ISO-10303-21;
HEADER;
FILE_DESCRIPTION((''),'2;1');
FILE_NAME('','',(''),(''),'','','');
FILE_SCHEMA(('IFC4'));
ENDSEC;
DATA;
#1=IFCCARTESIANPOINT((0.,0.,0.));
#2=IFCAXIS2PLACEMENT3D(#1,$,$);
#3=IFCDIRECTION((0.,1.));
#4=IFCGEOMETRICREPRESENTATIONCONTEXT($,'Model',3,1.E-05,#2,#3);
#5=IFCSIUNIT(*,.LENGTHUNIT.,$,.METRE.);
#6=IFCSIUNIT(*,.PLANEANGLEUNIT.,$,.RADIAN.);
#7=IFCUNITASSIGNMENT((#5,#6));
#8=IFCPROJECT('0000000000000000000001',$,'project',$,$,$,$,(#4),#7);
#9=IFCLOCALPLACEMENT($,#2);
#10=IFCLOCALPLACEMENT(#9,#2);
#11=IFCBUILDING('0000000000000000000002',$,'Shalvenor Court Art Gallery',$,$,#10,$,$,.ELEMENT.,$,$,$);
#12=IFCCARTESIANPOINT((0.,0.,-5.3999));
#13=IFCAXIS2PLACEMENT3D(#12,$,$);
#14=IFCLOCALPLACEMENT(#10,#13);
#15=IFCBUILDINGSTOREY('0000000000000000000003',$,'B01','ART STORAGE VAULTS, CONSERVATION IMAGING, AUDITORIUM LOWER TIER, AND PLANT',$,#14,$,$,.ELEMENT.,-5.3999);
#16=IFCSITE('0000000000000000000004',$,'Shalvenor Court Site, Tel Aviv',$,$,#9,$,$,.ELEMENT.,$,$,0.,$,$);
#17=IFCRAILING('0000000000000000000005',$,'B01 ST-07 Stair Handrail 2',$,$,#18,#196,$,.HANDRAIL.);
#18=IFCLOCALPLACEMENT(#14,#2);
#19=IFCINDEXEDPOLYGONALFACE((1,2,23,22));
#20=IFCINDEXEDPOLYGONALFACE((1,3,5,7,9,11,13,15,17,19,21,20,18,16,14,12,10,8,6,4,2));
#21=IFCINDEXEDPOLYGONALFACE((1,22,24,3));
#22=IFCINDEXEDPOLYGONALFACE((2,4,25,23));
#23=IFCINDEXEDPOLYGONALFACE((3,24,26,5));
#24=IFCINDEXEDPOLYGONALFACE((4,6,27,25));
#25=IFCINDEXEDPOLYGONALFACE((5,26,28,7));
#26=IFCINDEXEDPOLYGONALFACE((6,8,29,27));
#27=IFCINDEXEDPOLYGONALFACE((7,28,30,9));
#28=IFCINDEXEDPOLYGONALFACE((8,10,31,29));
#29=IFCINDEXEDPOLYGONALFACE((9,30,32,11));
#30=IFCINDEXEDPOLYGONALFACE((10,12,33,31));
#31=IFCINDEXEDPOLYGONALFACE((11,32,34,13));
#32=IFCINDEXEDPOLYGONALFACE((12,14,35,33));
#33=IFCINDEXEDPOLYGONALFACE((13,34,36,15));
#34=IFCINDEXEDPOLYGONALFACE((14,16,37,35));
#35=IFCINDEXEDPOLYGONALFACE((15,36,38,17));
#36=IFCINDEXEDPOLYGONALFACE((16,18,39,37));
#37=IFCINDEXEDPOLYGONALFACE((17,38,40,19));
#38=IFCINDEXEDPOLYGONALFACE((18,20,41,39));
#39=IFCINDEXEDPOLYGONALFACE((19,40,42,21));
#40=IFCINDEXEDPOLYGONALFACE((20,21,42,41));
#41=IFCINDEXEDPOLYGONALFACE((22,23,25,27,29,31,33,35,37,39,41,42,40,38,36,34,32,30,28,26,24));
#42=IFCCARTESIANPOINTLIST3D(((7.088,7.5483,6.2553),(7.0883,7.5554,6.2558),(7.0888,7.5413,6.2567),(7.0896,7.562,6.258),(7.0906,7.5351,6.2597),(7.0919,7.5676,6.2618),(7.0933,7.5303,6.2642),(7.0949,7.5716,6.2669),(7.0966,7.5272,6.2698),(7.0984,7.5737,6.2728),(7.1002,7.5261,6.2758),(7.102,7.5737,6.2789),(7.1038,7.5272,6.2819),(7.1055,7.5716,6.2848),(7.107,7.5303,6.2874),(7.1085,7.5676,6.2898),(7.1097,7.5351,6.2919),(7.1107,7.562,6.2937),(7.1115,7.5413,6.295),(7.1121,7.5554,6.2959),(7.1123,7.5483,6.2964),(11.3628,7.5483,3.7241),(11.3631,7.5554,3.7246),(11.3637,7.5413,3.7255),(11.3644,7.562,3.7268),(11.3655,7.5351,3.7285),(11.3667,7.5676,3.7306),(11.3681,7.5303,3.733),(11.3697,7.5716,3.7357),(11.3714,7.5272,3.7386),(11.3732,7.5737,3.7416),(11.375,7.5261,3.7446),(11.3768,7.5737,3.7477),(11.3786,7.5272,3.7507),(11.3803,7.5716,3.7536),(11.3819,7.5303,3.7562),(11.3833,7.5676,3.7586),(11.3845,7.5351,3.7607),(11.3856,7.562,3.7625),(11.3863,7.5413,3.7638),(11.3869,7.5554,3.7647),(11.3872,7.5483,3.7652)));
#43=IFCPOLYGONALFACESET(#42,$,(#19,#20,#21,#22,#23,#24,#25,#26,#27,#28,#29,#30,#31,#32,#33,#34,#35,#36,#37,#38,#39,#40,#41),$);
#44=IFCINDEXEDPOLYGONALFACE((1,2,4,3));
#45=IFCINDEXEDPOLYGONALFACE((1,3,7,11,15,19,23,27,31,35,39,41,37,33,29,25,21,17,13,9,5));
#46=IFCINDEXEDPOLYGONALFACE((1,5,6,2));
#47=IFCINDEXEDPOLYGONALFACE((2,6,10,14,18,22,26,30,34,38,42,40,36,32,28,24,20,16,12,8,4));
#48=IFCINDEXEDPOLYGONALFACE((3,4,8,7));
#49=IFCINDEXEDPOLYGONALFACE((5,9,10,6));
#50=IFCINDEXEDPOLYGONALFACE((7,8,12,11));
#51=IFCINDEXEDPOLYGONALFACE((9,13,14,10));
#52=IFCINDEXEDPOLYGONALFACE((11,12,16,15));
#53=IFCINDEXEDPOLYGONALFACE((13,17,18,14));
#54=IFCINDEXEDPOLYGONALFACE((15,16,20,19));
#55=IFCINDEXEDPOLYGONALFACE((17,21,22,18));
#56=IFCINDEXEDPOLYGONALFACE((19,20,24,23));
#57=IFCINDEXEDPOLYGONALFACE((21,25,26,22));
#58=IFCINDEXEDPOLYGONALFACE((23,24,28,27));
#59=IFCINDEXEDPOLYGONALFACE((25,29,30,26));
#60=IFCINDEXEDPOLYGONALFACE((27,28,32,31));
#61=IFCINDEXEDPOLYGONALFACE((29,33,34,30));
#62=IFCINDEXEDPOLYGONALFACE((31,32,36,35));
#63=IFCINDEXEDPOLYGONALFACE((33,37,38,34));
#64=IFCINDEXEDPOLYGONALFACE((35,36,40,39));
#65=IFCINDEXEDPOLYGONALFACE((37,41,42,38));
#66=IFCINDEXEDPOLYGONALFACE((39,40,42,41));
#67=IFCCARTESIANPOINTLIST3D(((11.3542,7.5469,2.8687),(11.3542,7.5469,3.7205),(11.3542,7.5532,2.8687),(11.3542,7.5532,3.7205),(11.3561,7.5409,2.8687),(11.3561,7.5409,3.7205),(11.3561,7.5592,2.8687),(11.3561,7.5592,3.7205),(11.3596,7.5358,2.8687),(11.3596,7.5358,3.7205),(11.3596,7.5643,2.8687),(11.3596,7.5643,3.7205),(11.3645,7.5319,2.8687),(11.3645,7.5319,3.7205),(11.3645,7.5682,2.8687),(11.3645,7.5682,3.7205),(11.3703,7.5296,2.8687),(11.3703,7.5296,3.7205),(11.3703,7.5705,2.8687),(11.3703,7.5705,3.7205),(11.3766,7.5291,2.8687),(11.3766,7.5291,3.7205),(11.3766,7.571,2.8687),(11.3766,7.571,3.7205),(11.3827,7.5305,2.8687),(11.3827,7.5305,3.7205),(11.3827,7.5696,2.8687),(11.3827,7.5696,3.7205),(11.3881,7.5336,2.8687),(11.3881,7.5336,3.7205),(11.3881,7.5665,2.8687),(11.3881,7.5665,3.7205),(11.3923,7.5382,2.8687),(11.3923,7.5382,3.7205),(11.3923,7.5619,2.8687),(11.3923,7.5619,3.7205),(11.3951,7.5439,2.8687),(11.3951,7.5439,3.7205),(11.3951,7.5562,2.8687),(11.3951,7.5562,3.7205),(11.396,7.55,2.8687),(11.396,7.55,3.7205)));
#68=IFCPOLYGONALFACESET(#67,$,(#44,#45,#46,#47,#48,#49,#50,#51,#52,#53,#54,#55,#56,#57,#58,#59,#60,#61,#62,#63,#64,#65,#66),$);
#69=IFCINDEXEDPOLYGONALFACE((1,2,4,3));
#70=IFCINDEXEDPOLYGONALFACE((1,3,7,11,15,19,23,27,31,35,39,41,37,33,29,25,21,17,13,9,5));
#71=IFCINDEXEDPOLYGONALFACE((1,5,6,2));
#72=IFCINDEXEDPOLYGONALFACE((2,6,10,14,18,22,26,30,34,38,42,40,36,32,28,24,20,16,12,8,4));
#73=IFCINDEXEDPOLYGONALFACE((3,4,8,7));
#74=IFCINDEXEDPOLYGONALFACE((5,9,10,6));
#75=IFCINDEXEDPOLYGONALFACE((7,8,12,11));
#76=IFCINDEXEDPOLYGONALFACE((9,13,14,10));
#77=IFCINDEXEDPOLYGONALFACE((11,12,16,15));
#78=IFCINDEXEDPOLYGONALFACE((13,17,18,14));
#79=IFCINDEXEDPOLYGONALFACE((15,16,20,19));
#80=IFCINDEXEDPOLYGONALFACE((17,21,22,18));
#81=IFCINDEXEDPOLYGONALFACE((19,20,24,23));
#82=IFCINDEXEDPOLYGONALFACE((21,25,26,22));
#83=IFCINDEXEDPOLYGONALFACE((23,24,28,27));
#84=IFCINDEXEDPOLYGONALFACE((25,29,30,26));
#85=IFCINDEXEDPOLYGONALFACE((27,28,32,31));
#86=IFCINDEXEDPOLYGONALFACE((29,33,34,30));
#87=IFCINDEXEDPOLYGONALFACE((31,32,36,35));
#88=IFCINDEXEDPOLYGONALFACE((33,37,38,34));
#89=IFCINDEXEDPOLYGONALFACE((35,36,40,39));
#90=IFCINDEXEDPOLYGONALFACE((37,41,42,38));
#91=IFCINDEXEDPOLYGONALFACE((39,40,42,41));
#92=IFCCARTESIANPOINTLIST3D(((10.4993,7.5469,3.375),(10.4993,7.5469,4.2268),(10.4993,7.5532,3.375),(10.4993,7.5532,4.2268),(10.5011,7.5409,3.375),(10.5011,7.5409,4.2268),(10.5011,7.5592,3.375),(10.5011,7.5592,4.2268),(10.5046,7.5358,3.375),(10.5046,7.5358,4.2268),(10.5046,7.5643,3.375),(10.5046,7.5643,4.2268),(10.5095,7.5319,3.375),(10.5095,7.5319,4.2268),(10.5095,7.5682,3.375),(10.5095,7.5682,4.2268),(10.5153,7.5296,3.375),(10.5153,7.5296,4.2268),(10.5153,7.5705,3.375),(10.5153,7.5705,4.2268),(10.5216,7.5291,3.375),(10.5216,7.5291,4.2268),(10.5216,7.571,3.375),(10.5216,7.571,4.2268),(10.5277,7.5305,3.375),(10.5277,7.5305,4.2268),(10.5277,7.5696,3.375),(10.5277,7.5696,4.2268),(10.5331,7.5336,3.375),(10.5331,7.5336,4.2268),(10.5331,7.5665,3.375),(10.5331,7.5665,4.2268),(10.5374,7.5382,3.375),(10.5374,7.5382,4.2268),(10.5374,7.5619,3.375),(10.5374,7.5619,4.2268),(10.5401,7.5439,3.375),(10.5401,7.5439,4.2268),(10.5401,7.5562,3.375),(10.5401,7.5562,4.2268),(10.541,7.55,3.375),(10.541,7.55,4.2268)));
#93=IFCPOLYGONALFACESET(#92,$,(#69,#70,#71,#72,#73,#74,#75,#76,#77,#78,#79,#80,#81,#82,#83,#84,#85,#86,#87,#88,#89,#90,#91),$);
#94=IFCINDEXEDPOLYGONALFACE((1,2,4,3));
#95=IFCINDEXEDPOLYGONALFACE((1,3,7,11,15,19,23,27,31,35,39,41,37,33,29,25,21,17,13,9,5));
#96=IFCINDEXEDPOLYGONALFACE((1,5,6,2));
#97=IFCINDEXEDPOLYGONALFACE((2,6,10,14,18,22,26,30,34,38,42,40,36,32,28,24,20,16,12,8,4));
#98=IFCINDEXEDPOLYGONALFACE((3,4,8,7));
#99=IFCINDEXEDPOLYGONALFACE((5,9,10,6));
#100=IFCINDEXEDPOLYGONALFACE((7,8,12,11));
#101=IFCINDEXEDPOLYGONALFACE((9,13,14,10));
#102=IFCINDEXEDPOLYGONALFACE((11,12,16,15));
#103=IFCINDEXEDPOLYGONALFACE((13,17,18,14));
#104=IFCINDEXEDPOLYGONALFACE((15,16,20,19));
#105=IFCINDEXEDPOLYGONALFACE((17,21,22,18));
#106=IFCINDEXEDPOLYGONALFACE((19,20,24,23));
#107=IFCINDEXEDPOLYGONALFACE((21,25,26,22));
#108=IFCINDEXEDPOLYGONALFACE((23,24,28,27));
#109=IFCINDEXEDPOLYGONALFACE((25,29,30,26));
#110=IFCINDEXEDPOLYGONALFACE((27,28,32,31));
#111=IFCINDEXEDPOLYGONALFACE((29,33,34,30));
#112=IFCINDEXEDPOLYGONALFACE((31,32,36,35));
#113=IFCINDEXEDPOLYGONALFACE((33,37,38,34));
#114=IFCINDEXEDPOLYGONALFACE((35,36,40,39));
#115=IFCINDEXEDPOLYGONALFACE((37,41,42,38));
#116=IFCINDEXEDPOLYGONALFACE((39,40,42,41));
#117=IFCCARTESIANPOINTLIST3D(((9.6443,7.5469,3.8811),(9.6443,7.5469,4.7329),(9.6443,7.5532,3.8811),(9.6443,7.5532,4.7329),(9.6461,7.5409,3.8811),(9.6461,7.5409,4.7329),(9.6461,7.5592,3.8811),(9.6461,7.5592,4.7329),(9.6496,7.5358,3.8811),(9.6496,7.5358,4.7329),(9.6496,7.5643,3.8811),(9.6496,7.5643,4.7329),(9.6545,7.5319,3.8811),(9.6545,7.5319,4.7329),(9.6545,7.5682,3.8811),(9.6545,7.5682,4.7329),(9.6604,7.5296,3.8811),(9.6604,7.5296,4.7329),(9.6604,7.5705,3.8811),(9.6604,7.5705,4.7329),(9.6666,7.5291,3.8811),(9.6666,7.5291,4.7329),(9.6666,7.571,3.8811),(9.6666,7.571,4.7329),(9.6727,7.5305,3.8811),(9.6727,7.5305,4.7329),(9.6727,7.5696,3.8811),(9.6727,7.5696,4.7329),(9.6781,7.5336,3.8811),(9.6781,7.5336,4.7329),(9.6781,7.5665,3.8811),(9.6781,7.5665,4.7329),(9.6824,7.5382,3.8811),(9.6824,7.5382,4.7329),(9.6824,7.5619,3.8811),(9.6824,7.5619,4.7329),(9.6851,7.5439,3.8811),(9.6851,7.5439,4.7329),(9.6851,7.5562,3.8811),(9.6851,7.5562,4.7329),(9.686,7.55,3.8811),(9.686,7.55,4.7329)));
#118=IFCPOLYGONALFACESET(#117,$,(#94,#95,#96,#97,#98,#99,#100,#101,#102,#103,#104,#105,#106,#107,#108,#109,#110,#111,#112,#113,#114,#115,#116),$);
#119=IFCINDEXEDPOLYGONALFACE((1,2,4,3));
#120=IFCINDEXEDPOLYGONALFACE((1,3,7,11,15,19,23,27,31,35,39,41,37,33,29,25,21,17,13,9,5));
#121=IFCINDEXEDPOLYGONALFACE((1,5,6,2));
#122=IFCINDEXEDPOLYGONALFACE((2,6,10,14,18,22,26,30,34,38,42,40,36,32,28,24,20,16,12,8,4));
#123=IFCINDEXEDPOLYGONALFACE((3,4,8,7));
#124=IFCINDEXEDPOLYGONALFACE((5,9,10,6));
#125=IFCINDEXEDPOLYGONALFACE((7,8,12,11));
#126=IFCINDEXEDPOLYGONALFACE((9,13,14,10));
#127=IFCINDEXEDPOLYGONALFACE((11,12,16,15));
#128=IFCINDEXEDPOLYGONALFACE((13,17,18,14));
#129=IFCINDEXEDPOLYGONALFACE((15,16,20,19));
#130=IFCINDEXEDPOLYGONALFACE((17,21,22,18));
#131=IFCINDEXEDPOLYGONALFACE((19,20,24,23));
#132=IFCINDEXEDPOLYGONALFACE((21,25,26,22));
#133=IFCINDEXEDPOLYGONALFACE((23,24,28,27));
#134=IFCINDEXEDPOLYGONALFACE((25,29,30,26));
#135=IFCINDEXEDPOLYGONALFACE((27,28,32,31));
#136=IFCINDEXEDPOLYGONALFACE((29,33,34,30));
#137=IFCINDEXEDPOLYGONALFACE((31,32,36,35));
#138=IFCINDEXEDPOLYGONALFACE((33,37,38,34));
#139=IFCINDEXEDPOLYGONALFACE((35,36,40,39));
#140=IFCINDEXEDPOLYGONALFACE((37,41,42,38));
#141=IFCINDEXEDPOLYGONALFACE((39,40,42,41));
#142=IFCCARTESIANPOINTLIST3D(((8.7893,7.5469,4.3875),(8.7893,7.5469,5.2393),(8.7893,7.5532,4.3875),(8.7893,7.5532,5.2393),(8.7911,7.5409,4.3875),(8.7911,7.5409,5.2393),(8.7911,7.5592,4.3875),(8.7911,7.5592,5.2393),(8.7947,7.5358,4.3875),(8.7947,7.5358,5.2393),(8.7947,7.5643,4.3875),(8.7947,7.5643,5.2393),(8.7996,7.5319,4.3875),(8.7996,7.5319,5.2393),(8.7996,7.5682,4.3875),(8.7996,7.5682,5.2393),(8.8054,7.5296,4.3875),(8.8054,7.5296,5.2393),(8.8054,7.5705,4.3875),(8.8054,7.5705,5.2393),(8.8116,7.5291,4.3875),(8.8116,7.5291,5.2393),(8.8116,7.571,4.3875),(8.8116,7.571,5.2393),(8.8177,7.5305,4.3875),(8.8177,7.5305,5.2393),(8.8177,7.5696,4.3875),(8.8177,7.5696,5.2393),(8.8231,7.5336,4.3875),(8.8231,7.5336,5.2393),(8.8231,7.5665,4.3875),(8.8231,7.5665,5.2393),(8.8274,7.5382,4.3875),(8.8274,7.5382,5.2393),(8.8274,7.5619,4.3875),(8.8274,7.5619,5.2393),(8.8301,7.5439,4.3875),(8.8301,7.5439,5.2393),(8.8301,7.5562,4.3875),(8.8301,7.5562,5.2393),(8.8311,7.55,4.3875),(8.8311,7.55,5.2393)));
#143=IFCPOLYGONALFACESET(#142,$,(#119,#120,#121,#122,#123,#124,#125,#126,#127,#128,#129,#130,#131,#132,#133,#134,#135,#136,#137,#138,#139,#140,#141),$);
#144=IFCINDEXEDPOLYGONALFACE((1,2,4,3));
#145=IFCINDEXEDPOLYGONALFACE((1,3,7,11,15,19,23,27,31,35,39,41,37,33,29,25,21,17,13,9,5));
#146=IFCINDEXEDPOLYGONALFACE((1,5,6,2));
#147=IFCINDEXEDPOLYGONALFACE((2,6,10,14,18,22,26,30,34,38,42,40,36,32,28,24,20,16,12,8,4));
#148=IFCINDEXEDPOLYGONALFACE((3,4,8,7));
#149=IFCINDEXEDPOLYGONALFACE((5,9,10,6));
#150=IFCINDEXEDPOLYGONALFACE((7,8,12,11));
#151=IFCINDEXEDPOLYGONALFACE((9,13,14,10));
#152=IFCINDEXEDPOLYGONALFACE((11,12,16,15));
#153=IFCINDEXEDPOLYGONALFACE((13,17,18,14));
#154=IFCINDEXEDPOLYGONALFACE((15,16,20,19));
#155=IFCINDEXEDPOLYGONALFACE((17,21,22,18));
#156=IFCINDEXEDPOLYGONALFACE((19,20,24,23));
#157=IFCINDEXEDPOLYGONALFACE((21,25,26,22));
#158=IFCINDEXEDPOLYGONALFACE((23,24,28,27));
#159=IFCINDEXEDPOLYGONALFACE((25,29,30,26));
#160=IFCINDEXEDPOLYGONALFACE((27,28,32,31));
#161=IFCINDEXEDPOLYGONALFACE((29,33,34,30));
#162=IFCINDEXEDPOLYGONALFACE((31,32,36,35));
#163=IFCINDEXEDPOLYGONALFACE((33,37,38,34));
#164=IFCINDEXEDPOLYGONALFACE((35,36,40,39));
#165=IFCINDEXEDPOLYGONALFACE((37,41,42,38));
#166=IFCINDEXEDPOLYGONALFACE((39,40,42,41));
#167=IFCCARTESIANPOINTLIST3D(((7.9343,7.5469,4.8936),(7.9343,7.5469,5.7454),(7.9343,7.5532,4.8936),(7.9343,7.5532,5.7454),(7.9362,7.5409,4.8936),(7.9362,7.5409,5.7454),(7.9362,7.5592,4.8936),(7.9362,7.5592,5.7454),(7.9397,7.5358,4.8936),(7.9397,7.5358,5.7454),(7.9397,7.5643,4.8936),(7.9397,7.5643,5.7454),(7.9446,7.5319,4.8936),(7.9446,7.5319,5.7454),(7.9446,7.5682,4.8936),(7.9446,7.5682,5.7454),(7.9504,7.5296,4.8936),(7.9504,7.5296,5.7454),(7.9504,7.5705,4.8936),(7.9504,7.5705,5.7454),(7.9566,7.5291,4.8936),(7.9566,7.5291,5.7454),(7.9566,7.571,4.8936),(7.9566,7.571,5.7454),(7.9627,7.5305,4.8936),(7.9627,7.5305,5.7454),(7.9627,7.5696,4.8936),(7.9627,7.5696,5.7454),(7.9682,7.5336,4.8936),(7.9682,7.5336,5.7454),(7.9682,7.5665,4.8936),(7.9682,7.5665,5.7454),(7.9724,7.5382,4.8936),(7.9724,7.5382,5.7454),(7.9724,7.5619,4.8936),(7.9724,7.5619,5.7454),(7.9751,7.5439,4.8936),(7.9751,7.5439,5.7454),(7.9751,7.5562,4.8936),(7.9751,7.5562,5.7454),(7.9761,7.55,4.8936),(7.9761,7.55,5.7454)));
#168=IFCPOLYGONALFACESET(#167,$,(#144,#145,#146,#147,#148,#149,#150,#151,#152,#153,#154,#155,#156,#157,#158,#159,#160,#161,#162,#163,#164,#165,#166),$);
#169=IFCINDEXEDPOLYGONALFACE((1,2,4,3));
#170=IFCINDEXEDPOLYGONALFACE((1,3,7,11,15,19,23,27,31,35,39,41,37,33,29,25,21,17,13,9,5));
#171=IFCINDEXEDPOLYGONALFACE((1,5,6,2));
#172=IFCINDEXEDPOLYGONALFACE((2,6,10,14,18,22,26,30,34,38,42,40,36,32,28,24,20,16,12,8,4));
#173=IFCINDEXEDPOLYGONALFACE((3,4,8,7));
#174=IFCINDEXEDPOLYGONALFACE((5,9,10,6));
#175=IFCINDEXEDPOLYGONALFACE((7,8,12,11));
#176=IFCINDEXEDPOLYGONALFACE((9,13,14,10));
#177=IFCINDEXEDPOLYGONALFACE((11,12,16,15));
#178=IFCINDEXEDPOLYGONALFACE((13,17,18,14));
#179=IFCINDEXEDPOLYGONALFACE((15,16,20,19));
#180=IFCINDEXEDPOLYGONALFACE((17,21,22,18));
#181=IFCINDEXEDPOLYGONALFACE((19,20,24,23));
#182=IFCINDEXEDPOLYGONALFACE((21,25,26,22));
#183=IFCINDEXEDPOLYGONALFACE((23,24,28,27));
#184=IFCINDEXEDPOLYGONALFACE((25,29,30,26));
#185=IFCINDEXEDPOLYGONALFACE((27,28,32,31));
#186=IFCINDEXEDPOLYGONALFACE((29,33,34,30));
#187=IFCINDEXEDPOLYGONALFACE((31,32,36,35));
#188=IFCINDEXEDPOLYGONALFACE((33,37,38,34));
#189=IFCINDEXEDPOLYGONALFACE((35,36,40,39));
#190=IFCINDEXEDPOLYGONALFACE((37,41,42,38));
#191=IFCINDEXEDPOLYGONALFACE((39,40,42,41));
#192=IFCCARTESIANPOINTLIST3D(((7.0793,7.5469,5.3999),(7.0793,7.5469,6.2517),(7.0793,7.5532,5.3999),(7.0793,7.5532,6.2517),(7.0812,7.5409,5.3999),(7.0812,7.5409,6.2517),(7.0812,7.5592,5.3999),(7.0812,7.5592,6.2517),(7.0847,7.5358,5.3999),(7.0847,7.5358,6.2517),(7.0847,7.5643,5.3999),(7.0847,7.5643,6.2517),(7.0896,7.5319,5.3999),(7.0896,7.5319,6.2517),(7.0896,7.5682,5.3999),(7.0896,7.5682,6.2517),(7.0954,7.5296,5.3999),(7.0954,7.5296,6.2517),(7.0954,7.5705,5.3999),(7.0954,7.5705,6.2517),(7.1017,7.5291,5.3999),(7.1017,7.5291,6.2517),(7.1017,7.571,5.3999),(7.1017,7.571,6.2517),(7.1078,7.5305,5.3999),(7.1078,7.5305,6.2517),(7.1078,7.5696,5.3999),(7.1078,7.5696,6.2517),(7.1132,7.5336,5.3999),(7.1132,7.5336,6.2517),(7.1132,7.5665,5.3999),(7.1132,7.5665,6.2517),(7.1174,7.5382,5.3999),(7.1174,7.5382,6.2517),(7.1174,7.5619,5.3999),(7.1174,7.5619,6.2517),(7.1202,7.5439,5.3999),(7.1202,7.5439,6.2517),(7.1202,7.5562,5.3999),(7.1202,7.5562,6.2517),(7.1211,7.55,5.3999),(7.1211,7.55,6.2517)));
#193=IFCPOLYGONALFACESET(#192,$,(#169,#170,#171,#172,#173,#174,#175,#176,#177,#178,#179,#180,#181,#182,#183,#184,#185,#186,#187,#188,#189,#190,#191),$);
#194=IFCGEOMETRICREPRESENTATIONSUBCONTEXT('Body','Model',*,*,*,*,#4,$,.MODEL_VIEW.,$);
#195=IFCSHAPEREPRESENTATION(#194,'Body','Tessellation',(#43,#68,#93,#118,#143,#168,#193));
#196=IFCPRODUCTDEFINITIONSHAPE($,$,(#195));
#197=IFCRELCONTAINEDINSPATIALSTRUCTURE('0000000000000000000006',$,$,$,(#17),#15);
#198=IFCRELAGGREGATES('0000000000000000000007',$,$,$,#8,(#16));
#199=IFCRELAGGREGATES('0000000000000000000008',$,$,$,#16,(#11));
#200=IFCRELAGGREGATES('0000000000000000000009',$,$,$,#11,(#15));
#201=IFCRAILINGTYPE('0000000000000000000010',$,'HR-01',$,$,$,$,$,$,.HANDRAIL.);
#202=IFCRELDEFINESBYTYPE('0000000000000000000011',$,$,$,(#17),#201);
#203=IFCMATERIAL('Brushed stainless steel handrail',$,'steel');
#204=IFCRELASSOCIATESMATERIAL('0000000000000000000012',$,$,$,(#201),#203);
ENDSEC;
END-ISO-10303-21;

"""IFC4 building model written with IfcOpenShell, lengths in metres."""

from ifc_helpers import new_model, si_unit, direction, frame, origin, origin_2d, place, context, subcontext, project, spatial, circle, extrude, material, type_object, element, save


model = new_model("IFC4")

# Units and contexts
model_context = context("Model", 3, precision=1e-05, world=origin(), true_north=direction((0.0, 1.0)))
body_context = subcontext(model_context, "Body", "Model", "MODEL_VIEW")
ifc_project = project(units=[si_unit("LENGTHUNIT", "METRE"), si_unit("PLANEANGLEUNIT", "RADIAN")], contexts=[model_context])

# Site, building, storey
site_placement = place(None, origin())
site = spatial("IfcSite", under=ifc_project, at=site_placement, Name="Shalvenor Court Site, Tel Aviv", CompositionType="ELEMENT", RefElevation=0.0)
building_placement = place(site_placement, origin())
building = spatial("IfcBuilding", under=site, at=building_placement, Name="Shalvenor Court Art Gallery", CompositionType="ELEMENT")
storey_placement = place(building_placement, frame((0.0, 0.0, -5.3999)))
storey = spatial("IfcBuildingStorey", under=building, at=storey_placement, Name="B01", Description="ART STORAGE VAULTS, CONSERVATION IMAGING, AUDITORIUM LOWER TIER, AND PLANT", CompositionType="ELEMENT", Elevation=-5.3999)

# Railing
ifc_material_1 = material(Name="Brushed stainless steel handrail", Category="steel")
railing_type_1 = type_object("IfcRailingType", Name="HR-01", PredefinedType="HANDRAIL", material=ifc_material_1)
railing_1_placement = place(storey_placement, frame((11.375, 7.55, 2.8687)))
element("IfcRailing", 1, at=railing_1_placement, inside=storey, type_object=railing_type_1, Name="B01 ST-07 Stair Handrail 2", PredefinedType="HANDRAIL", context=body_context, shape_type="SweptSolid", body=[
    extrude(circle(Radius=0.0239, at=origin_2d()), frame((0.0, 0.0, 0.876), z_axis=(-0.86047, 0.0, 0.509501), x_axis=(0.0, -1.0, 0.0)), (0.0, 0.0, 1.0), 4.968),
    extrude(circle(Radius=0.021, at=origin_2d()), origin(), (0.0, 0.0, 1.0), 0.8518),
    extrude(circle(Radius=0.021, at=origin_2d()), frame((-0.855, 0.0, 0.5063)), (0.0, 0.0, 1.0), 0.8518),
    extrude(circle(Radius=0.021, at=origin_2d()), frame((-1.71, 0.0, 1.0125)), (0.0, 0.0, 1.0), 0.8518),
    extrude(circle(Radius=0.021, at=origin_2d()), frame((-2.5649, 0.0, 1.5188)), (0.0, 0.0, 1.0), 0.8518),
    extrude(circle(Radius=0.021, at=origin_2d()), frame((-3.4199, 0.0, 2.0249)), (0.0, 0.0, 1.0), 0.8518),
    extrude(circle(Radius=0.021, at=origin_2d()), frame((-4.2749, 0.0, 2.5312)), (0.0, 0.0, 1.0), 0.8518),
])

save(model, "model.ifc")
